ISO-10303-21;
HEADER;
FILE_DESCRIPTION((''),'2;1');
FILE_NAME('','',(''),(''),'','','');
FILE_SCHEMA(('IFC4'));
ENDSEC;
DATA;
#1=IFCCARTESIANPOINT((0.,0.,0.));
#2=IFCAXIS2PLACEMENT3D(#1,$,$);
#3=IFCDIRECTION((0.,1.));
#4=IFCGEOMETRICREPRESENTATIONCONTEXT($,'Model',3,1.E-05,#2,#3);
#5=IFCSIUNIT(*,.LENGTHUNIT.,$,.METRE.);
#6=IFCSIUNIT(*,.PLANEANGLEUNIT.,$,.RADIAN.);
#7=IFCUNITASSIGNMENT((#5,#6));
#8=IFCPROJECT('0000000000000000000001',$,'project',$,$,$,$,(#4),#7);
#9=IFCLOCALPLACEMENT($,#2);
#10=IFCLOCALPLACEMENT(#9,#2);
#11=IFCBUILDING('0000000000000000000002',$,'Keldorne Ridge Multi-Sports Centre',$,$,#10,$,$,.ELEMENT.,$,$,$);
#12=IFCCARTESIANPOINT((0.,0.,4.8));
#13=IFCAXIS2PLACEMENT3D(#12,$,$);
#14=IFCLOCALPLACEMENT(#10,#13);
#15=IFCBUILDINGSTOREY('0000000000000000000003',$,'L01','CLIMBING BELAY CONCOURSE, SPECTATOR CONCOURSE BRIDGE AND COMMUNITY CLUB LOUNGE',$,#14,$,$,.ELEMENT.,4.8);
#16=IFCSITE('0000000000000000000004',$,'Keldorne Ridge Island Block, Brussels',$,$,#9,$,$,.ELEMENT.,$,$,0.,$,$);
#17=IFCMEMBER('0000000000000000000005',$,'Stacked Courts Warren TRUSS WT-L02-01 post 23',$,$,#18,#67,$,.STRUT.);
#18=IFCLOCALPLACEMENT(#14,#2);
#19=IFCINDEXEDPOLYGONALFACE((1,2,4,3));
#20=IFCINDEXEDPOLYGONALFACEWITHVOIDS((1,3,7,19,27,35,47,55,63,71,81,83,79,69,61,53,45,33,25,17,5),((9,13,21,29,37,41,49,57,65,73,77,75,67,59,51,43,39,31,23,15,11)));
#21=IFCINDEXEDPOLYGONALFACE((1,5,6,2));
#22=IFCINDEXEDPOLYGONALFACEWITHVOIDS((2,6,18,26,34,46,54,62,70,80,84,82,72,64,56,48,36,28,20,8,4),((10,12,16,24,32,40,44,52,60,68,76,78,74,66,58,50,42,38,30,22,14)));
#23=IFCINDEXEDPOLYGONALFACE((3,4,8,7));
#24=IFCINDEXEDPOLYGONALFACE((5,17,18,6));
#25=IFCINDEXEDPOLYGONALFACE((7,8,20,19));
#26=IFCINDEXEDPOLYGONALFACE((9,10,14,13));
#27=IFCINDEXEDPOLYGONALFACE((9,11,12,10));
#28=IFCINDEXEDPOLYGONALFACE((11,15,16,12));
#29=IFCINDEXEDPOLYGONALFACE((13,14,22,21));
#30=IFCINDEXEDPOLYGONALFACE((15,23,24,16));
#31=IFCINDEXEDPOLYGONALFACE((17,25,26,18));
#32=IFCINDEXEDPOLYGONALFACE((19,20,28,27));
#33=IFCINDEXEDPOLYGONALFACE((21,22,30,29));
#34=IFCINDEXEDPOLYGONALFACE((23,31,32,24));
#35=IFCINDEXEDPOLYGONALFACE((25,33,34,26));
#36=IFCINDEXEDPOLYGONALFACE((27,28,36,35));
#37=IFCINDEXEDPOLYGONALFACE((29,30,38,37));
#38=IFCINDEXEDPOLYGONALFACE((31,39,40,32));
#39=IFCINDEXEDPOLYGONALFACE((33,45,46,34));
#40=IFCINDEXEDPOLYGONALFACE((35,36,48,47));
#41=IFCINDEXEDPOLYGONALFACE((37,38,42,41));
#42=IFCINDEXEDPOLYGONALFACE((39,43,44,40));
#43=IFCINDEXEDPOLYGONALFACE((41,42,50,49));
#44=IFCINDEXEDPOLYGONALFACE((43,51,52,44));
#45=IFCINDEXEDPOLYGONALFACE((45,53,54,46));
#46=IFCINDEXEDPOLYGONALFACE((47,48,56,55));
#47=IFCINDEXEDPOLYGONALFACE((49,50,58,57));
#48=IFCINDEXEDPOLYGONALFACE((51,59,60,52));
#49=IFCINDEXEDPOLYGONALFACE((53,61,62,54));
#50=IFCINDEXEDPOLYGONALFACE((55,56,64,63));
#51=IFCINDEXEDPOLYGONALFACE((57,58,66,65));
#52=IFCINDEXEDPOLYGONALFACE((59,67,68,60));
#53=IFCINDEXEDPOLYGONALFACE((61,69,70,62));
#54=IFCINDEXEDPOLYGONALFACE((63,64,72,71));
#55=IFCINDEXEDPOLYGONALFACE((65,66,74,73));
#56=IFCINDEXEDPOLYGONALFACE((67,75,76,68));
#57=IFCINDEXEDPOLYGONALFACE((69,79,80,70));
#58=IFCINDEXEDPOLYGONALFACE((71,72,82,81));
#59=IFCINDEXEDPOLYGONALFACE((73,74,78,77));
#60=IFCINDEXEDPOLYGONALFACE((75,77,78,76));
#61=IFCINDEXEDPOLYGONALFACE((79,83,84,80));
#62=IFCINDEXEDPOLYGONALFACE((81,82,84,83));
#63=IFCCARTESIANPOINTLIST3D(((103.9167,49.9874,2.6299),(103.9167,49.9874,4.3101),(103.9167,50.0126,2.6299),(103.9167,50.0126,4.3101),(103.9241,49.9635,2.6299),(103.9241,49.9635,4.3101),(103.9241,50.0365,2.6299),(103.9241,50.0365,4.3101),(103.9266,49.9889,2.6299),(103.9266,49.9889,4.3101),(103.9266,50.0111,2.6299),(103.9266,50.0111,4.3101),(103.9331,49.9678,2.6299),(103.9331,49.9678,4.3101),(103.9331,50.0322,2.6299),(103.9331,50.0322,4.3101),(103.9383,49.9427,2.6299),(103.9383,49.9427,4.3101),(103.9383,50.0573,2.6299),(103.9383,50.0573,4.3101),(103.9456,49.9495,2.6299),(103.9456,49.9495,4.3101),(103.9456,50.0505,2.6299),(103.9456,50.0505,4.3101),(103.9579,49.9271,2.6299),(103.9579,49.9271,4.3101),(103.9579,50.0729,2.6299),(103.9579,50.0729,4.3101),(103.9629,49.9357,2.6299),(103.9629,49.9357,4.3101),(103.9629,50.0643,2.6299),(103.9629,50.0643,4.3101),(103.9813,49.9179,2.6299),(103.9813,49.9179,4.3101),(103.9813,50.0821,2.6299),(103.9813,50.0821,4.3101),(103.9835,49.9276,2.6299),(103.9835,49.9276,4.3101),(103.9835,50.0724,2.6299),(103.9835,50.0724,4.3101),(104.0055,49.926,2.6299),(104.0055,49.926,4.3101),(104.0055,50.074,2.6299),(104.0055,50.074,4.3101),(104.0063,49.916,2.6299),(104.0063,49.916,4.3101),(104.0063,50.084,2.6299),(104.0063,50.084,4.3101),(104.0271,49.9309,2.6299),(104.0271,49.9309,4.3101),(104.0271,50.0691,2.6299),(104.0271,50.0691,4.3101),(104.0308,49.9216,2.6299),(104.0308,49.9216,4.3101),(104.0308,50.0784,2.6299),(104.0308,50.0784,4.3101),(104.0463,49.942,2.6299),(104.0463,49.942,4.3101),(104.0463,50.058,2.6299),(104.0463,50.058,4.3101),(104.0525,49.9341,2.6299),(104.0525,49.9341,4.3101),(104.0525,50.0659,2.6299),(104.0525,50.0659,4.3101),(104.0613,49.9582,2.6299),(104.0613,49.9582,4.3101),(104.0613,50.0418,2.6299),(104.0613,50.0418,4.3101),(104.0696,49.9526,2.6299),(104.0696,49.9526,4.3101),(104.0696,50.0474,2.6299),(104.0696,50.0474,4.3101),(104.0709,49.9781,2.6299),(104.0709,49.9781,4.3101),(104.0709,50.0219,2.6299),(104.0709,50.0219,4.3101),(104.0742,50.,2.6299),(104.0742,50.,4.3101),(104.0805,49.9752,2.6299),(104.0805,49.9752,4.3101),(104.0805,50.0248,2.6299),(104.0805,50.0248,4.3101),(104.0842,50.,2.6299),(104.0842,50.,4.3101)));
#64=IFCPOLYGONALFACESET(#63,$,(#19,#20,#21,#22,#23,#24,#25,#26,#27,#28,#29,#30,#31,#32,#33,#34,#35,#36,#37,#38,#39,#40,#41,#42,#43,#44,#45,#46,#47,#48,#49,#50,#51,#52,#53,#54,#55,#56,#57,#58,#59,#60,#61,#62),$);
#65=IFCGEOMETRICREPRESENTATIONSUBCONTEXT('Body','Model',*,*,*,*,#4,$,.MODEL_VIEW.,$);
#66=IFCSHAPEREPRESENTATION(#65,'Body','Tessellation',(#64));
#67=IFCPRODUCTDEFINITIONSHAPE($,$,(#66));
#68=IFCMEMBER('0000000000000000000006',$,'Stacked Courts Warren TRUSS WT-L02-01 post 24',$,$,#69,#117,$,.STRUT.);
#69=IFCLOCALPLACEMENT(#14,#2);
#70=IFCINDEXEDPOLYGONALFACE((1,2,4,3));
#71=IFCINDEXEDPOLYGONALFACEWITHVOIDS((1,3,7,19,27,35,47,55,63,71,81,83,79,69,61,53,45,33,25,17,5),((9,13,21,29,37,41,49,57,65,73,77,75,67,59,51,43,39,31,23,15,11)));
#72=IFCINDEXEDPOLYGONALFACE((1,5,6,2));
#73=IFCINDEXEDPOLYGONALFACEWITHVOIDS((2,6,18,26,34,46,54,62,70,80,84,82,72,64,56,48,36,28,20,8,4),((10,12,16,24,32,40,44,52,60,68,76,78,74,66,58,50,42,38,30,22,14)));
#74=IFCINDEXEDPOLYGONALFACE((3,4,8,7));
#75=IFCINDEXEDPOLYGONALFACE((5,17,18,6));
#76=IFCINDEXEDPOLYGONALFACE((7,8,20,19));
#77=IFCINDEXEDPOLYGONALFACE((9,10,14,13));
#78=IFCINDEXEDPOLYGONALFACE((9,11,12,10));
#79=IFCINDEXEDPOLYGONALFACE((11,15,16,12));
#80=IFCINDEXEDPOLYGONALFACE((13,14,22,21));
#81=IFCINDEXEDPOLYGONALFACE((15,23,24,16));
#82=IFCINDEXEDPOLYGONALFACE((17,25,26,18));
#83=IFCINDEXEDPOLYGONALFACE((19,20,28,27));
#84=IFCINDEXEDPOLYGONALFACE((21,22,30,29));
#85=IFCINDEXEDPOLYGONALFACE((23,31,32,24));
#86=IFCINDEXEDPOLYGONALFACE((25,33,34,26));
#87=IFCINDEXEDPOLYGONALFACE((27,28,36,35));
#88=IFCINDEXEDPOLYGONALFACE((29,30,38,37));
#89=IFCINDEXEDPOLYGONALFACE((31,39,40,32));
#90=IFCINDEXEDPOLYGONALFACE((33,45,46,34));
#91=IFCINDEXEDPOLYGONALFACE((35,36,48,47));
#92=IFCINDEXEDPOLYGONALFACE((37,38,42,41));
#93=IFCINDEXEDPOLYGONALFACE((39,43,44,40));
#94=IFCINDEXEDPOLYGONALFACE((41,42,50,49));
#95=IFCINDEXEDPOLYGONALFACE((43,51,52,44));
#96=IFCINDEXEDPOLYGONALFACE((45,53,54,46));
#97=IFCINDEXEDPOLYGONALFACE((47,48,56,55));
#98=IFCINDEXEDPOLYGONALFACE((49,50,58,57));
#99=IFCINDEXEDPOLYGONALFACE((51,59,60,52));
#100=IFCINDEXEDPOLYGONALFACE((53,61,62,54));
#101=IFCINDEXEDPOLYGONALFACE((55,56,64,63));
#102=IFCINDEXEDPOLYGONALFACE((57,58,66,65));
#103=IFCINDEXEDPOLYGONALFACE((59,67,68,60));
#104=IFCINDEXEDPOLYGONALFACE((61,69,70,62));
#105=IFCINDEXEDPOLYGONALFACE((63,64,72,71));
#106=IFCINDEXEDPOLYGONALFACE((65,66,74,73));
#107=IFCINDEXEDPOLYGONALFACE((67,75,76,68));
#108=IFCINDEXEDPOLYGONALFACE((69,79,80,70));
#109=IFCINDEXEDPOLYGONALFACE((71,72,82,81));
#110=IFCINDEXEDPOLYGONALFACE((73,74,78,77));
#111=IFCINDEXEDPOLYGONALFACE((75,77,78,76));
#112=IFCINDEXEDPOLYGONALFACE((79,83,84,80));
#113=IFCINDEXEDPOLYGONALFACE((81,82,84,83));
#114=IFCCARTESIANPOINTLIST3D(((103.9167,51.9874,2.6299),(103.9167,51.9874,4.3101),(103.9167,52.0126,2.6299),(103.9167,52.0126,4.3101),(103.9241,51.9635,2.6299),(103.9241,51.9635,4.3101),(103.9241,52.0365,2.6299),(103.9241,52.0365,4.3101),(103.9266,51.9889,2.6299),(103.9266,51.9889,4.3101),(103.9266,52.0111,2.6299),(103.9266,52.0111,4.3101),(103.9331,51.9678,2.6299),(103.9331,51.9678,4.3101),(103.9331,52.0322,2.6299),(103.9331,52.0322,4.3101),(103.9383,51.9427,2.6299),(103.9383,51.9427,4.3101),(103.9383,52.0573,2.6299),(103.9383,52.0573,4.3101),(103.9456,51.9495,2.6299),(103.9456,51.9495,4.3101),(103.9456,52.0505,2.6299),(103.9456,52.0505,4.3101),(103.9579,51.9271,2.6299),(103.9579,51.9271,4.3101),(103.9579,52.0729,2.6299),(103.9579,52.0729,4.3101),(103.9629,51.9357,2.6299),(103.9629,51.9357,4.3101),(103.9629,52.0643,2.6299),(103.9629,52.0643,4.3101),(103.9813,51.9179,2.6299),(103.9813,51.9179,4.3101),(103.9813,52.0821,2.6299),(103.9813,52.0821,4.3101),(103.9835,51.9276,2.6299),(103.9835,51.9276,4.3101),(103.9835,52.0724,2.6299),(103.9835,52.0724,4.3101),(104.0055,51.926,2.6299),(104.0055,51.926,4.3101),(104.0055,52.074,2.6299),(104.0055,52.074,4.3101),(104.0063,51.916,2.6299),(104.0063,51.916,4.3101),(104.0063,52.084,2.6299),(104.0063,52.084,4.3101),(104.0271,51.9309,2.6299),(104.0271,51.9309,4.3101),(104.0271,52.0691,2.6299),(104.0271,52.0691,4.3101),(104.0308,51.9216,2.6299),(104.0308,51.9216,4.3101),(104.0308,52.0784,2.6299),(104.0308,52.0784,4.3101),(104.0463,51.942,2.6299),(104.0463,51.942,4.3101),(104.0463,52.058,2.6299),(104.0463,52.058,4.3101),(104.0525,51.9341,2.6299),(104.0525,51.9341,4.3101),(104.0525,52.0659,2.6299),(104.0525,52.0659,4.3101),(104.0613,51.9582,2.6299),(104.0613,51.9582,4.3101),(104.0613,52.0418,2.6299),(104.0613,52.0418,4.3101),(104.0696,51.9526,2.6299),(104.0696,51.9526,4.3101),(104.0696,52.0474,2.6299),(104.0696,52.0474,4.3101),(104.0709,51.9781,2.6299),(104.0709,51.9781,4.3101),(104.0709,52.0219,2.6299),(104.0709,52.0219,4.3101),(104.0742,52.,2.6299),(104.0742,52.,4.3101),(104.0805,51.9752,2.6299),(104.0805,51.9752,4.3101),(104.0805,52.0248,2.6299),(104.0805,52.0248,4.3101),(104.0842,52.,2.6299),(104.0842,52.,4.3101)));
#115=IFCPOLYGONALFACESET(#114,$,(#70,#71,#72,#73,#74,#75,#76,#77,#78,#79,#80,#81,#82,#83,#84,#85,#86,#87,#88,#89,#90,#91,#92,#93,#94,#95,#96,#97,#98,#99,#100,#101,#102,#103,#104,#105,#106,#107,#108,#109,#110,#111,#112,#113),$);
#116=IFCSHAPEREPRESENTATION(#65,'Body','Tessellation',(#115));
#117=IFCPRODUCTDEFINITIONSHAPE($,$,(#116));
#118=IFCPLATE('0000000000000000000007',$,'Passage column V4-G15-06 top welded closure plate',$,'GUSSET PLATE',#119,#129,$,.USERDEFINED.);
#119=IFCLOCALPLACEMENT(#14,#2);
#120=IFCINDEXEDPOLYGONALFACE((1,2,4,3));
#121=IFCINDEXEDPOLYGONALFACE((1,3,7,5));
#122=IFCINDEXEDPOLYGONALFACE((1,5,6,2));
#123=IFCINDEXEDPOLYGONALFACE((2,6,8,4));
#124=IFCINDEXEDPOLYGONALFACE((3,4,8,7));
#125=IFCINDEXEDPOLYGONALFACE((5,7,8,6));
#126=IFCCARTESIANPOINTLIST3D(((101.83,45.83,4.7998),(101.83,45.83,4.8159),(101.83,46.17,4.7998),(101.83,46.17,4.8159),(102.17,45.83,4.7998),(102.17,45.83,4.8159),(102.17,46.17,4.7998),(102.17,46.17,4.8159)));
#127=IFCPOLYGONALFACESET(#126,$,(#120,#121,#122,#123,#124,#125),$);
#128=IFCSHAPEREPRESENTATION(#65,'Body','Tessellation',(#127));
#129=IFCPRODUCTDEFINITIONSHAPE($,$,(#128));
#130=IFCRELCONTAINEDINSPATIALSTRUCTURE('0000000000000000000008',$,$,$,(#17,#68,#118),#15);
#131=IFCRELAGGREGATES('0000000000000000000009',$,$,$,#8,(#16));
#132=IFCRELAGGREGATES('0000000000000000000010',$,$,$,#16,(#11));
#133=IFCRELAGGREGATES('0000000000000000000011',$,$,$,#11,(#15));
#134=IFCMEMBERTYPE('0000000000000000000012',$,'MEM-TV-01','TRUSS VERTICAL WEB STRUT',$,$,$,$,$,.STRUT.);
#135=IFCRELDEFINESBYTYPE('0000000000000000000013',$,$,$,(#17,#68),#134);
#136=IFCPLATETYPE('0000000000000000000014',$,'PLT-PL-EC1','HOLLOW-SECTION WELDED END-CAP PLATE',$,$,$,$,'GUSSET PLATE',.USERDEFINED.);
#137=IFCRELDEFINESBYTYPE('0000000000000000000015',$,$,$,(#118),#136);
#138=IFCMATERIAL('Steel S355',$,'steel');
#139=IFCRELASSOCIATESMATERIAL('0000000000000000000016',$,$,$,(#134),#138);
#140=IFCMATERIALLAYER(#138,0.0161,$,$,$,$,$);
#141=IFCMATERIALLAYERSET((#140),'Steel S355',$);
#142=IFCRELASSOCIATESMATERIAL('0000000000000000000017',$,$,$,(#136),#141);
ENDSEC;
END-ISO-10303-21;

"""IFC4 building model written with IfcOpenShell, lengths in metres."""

from ifc_helpers import new_model, si_unit, direction, frame, origin, origin_2d, place, context, subcontext, project, spatial, rectangle, hollow_circle, extrude, material, layer, layer_set, material_profile, profile_set, type_object, element, save


model = new_model("IFC4")

# Units and contexts
model_context = context("Model", 3, precision=1e-05, world=origin(), true_north=direction((0.0, 1.0)))
body_context = subcontext(model_context, "Body", "Model", "MODEL_VIEW")
ifc_project = project(units=[si_unit("LENGTHUNIT", "METRE"), si_unit("PLANEANGLEUNIT", "RADIAN")], contexts=[model_context])

# Site, building, storey
site_placement = place(None, origin())
site = spatial("IfcSite", under=ifc_project, at=site_placement, Name="Keldorne Ridge Island Block, Brussels", CompositionType="ELEMENT", RefElevation=0.0)
building_placement = place(site_placement, origin())
building = spatial("IfcBuilding", under=site, at=building_placement, Name="Keldorne Ridge Multi-Sports Centre", CompositionType="ELEMENT")
storey_placement = place(building_placement, frame((0.0, 0.0, 4.8)))
storey = spatial("IfcBuildingStorey", under=building, at=storey_placement, Name="L01", Description="CLIMBING BELAY CONCOURSE, SPECTATOR CONCOURSE BRIDGE AND COMMUNITY CLUB LOUNGE", CompositionType="ELEMENT", Elevation=4.8)

# Shared definitions
ifc_material_1 = material(Name="Steel S355", Category="steel")

# Members
ifc_material_profile_1 = material_profile(ifc_material_1, hollow_circle(Radius=0.0842, WallThickness=0.01, at=origin_2d()), Name="CHS 168.3x10")
ifc_profile_set_1 = profile_set([ifc_material_profile_1], Name="Steel S355")
member_type_1 = type_object("IfcMemberType", Name="MEM-TV-01", Description="TRUSS VERTICAL WEB STRUT", PredefinedType="STRUT", material=ifc_profile_set_1)
for number, where, z_axis, x_axis, name in (
    (1, (104.0, 50.0, 2.6299), (0.0, 0.0, 1.0), (1.0, 0.0, 0.0), "Stacked Courts Warren TRUSS WT-L02-01 post 23"),
    (2, (104.0, 52.0, 2.6299), (0.0, 0.0, 1.0), (1.0, 0.0, 0.0), "Stacked Courts Warren TRUSS WT-L02-01 post 24"),
):
    element("IfcMember", number, at=place(storey_placement, frame(where, z_axis=z_axis, x_axis=x_axis)), inside=storey, type_object=member_type_1, Name=name, PredefinedType="STRUT", context=body_context, shape_type="SweptSolid", body=[
        extrude(hollow_circle(Radius=0.0842, WallThickness=0.01, at=origin_2d()), origin(), (0.0, 0.0, 1.0), 1.6802),
    ])

# Plate
ifc_layer = layer(ifc_material_1, 0.0161)
ifc_layer_set = layer_set([ifc_layer], Name="Steel S355")
plate_type = type_object("IfcPlateType", Name="PLT-PL-EC1", Description="HOLLOW-SECTION WELDED END-CAP PLATE", ElementType="GUSSET PLATE", PredefinedType="USERDEFINED", material=ifc_layer_set)
plate_placement = place(storey_placement, frame((102.0, 46.0, 4.7998), z_axis=(0.0, 0.0, 1.0), x_axis=(1.0, 0.0, 0.0)))
element("IfcPlate", 3, at=plate_placement, inside=storey, type_object=plate_type, Name="Passage column V4-G15-06 top welded closure plate", ObjectType="GUSSET PLATE", PredefinedType="USERDEFINED", context=body_context, shape_type="SweptSolid", body=[
    extrude(rectangle(XDim=0.3401, YDim=0.3401, at=origin_2d()), origin(), (0.0, 0.0, 1.0), 0.0161),
])

save(model, "model.ifc")
